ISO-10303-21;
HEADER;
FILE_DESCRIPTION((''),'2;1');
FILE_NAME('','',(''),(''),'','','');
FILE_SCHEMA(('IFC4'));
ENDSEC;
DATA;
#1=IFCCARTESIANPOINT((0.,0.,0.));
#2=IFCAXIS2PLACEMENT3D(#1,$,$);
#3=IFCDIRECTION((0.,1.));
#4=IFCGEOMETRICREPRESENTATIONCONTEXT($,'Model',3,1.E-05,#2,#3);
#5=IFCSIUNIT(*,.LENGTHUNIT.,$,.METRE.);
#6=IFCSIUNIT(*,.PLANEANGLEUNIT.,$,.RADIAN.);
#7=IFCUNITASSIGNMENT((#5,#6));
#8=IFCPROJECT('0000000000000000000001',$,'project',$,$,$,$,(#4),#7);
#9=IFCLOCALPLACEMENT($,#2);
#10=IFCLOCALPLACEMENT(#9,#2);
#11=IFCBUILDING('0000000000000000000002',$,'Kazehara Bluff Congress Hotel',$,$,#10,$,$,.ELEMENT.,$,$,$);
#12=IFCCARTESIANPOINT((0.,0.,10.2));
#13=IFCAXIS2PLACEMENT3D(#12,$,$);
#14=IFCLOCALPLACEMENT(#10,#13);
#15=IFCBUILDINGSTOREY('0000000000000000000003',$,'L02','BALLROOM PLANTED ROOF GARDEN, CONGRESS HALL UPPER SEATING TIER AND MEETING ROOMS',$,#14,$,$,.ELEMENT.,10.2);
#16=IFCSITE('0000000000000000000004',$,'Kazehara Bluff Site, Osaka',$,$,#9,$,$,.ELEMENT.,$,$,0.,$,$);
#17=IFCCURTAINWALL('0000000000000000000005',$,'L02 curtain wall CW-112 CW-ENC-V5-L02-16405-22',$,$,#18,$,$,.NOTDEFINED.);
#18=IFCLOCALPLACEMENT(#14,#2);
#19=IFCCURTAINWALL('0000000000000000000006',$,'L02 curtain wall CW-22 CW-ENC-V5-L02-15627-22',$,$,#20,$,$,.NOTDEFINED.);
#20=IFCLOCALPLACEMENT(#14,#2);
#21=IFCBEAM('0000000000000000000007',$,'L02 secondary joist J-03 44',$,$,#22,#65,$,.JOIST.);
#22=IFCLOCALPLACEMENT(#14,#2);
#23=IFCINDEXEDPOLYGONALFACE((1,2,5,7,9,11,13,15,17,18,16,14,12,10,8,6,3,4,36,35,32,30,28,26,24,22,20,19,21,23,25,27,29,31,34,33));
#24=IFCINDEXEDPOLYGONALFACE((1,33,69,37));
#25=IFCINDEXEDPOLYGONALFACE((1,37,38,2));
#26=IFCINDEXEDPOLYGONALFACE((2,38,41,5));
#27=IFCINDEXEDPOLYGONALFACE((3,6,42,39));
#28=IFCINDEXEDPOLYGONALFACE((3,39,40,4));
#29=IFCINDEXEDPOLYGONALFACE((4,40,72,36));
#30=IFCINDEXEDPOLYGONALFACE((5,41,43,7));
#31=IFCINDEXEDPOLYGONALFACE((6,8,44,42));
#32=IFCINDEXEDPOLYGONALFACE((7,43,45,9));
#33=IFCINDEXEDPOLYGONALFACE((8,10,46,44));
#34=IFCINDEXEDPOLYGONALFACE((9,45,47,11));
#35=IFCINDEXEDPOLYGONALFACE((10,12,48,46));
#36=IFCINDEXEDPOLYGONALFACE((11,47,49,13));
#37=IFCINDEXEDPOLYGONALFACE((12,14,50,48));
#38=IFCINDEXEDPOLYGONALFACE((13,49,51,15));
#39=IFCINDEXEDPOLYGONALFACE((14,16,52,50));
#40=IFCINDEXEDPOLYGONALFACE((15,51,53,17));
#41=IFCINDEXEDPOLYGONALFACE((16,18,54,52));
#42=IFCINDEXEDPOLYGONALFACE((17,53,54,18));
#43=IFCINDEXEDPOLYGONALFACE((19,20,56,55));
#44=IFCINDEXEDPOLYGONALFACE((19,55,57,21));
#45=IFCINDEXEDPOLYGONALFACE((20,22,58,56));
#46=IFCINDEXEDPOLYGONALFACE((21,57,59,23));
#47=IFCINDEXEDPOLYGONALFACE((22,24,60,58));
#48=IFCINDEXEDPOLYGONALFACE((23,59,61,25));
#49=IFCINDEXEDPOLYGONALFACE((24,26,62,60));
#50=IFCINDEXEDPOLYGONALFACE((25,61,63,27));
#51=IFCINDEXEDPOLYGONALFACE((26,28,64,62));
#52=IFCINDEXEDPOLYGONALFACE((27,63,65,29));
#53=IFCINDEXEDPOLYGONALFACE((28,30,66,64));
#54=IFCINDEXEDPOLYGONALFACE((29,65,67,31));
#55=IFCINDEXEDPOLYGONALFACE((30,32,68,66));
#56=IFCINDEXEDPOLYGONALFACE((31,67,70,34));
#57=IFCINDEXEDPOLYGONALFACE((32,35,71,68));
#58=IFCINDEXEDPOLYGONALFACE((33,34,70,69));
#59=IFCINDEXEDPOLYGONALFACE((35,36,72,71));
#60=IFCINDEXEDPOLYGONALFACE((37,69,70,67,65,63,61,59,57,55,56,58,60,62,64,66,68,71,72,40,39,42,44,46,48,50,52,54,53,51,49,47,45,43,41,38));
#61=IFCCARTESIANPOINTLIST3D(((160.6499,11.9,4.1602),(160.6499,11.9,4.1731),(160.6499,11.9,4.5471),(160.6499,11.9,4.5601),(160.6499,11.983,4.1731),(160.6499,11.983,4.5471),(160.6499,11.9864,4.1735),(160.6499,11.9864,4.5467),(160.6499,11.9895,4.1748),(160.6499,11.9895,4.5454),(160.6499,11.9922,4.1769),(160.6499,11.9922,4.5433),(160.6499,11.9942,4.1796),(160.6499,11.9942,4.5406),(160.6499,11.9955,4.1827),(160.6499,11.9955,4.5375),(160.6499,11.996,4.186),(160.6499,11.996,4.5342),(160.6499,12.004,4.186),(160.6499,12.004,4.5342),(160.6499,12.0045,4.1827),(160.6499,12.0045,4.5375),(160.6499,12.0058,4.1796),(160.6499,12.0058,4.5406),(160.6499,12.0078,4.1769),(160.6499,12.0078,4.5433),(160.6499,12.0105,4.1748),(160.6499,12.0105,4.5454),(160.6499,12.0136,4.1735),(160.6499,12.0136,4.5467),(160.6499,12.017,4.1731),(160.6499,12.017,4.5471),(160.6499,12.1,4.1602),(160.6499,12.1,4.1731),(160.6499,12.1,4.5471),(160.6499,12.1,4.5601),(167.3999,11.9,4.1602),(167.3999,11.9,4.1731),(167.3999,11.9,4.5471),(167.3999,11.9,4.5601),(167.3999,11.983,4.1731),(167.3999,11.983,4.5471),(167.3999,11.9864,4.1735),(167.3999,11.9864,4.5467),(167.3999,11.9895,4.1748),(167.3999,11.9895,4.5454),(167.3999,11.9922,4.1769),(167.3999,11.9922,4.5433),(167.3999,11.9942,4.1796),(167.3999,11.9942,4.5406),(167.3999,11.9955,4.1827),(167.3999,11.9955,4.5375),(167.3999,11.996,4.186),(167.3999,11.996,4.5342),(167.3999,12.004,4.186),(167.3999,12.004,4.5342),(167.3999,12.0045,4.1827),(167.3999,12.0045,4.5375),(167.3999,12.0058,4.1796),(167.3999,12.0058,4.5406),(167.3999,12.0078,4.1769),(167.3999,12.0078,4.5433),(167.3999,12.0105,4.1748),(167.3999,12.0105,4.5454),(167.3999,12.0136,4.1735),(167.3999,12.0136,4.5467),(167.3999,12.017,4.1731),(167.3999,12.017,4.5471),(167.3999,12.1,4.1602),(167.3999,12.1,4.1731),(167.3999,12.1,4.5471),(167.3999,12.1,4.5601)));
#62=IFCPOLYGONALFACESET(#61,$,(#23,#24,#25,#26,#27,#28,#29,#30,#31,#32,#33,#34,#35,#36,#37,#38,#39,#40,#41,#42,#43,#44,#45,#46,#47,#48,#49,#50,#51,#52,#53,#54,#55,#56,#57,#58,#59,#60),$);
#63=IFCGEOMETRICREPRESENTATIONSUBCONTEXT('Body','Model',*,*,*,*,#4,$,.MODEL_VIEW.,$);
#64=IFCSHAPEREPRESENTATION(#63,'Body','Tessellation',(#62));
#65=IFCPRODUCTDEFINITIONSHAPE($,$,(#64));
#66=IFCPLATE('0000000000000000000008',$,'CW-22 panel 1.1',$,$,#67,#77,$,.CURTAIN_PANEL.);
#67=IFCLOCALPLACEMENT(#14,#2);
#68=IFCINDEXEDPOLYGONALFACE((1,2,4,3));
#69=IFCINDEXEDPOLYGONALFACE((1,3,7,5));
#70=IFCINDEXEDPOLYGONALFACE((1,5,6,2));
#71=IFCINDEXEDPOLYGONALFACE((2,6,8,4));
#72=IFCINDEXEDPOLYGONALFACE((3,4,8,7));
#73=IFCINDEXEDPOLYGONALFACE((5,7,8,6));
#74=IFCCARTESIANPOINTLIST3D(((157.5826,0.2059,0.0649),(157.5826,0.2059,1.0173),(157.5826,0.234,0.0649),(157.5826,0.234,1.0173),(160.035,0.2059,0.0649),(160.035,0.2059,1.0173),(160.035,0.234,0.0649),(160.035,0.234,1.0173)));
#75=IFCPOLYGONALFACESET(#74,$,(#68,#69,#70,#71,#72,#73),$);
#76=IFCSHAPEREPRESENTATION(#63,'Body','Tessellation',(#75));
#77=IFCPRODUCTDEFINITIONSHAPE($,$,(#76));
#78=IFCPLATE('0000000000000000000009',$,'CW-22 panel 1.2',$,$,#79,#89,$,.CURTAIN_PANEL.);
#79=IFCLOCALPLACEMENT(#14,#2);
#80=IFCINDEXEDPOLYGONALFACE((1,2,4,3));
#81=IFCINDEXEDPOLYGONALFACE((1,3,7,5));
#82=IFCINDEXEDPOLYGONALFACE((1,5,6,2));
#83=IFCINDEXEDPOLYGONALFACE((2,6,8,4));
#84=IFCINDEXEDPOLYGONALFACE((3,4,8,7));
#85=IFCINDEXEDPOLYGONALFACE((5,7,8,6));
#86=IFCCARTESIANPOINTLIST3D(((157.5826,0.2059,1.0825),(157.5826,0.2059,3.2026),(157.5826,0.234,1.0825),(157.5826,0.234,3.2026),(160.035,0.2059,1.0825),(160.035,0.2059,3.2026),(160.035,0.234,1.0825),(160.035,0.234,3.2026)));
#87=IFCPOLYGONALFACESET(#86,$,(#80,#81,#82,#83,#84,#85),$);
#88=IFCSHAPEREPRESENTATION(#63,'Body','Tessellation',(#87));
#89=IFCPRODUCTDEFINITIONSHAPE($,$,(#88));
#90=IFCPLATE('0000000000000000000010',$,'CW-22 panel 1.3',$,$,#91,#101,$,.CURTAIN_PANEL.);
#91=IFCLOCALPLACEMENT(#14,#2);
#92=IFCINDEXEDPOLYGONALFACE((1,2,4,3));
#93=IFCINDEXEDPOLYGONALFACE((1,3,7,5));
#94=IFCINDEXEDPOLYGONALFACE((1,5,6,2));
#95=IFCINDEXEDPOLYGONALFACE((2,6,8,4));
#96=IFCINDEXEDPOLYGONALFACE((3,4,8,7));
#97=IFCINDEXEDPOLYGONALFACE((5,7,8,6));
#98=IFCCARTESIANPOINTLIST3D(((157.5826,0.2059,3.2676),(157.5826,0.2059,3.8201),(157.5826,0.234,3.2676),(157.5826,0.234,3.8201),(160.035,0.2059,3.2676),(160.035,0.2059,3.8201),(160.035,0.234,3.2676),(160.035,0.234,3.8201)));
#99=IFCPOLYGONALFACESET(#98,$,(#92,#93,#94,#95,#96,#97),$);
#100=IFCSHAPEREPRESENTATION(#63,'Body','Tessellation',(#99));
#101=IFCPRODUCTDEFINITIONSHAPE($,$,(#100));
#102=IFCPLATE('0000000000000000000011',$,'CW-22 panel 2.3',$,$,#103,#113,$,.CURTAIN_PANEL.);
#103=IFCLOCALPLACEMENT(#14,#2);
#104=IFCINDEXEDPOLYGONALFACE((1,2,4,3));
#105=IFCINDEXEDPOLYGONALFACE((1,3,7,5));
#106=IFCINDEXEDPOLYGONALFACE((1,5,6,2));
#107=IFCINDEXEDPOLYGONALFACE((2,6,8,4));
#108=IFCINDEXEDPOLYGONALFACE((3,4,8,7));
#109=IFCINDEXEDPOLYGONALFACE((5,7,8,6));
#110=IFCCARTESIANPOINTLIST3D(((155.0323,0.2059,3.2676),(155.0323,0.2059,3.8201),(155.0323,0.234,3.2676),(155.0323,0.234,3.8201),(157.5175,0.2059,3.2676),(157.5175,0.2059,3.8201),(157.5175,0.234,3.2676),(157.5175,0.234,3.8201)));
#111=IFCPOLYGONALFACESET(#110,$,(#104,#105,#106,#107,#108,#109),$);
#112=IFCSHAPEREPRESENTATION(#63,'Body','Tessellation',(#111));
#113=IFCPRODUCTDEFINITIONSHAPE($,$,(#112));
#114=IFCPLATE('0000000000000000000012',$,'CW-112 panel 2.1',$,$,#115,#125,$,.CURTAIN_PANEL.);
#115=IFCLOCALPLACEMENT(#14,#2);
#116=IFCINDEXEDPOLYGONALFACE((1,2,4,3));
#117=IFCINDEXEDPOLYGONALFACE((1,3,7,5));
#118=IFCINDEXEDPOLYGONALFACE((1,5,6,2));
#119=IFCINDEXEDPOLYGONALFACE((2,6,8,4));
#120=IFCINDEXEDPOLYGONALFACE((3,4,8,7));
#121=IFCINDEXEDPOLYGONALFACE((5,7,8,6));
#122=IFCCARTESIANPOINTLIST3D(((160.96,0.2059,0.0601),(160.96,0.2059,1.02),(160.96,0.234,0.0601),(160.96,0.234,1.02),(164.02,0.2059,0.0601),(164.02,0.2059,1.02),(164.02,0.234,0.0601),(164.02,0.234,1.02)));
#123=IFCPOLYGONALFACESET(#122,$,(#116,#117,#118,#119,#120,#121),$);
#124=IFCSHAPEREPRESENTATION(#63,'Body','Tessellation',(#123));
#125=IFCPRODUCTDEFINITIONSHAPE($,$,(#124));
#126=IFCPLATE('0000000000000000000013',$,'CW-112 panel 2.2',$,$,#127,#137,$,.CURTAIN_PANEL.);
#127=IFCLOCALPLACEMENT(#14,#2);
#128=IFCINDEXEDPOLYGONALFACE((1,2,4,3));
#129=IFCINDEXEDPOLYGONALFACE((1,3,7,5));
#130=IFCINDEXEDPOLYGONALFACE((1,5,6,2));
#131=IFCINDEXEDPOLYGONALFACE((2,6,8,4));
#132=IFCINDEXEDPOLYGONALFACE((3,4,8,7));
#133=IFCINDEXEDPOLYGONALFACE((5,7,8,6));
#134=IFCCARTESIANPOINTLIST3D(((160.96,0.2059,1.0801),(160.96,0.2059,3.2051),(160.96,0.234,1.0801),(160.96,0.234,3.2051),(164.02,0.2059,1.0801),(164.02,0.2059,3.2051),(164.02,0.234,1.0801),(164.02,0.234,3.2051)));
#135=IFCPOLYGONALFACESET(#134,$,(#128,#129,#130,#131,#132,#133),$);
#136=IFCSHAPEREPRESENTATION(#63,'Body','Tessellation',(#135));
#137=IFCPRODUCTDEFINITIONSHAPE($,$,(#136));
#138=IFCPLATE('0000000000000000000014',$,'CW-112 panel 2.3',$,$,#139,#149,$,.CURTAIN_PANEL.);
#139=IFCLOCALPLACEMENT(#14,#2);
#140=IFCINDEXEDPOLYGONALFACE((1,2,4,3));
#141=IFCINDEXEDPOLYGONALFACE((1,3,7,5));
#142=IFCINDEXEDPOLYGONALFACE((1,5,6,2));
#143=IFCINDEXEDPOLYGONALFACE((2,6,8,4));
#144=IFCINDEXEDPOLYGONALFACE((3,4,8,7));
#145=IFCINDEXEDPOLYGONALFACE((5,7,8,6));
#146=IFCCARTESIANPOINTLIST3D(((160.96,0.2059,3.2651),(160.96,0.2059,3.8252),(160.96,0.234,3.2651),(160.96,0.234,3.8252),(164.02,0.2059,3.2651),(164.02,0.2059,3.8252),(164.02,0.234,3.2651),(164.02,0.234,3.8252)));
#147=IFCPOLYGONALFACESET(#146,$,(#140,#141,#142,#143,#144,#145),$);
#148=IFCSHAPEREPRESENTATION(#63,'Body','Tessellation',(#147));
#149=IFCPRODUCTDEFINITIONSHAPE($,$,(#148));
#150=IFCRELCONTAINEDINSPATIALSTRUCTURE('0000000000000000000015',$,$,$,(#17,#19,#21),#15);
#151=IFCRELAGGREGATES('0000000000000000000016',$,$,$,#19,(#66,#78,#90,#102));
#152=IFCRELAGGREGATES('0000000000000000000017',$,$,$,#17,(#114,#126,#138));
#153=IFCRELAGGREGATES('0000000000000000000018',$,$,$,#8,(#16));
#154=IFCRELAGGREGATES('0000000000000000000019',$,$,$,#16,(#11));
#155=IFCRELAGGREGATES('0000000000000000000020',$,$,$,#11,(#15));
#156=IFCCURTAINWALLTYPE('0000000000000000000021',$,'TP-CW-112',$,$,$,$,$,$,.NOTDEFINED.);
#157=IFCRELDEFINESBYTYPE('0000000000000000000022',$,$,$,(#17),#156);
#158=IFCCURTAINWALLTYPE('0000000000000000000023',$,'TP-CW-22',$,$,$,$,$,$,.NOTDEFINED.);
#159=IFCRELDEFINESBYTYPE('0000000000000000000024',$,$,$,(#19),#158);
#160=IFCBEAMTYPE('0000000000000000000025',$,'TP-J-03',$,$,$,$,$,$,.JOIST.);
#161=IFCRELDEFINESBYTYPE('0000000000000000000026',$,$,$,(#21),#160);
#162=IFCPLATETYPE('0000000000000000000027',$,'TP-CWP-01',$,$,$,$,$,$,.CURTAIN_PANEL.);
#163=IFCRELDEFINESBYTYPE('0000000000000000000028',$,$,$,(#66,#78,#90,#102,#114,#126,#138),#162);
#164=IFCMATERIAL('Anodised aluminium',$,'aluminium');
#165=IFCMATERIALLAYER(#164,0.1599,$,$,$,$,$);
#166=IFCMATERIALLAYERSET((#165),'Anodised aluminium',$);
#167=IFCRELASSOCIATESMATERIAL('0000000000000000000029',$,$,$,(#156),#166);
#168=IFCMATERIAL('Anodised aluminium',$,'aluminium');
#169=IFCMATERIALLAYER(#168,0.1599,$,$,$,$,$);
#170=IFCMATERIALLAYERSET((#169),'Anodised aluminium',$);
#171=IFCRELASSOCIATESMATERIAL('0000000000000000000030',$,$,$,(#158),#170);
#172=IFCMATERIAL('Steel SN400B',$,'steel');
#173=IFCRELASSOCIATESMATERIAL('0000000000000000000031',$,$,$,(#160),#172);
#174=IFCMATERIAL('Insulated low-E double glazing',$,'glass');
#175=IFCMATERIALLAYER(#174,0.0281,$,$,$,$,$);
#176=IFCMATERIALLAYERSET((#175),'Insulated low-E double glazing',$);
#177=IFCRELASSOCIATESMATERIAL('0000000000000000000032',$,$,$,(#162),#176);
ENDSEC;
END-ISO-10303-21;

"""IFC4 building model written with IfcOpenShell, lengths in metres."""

from ifc_helpers import new_model, si_unit, direction, frame, origin, origin_2d, place, context, subcontext, project, spatial, rectangle, i_section, extrude, material, layer, layer_set, material_profile, profile_set, type_object, element, aggregate, save


model = new_model("IFC4")

# Units and contexts
model_context = context("Model", 3, precision=1e-05, world=origin(), true_north=direction((0.0, 1.0)))
body_context = subcontext(model_context, "Body", "Model", "MODEL_VIEW")
ifc_project = project(units=[si_unit("LENGTHUNIT", "METRE"), si_unit("PLANEANGLEUNIT", "RADIAN")], contexts=[model_context])

# Site, building, storey
site_placement = place(None, origin())
site = spatial("IfcSite", under=ifc_project, at=site_placement, Name="Kazehara Bluff Site, Osaka", CompositionType="ELEMENT", RefElevation=0.0)
building_placement = place(site_placement, origin())
building = spatial("IfcBuilding", under=site, at=building_placement, Name="Kazehara Bluff Congress Hotel", CompositionType="ELEMENT")
storey_placement = place(building_placement, frame((0.0, 0.0, 10.2)))
storey = spatial("IfcBuildingStorey", under=building, at=storey_placement, Name="L02", Description="BALLROOM PLANTED ROOF GARDEN, CONGRESS HALL UPPER SEATING TIER AND MEETING ROOMS", CompositionType="ELEMENT", Elevation=10.2)

# Curtain wall
ifc_material_1 = material(Name="Anodised aluminium", Category="aluminium")
ifc_layer_1 = layer(ifc_material_1, 0.1599)
ifc_layer_set_1 = layer_set([ifc_layer_1], Name="Anodised aluminium")
curtain_wall_type_1 = type_object("IfcCurtainWallType", Name="TP-CW-112", PredefinedType="NOTDEFINED", material=ifc_layer_set_1)
curtain_wall_1_placement = place(storey_placement, origin())
curtain_wall_1 = element("IfcCurtainWall", 1, at=curtain_wall_1_placement, inside=storey, type_object=curtain_wall_type_1, Name="L02 curtain wall CW-112 CW-ENC-V5-L02-16405-22", PredefinedType="NOTDEFINED")

# Curtain wall
ifc_material_2 = material(Name="Anodised aluminium", Category="aluminium")
ifc_layer_2 = layer(ifc_material_2, 0.1599)
ifc_layer_set_2 = layer_set([ifc_layer_2], Name="Anodised aluminium")
curtain_wall_type_2 = type_object("IfcCurtainWallType", Name="TP-CW-22", PredefinedType="NOTDEFINED", material=ifc_layer_set_2)
curtain_wall_2_placement = place(storey_placement, origin())
curtain_wall_2 = element("IfcCurtainWall", 2, at=curtain_wall_2_placement, inside=storey, type_object=curtain_wall_type_2, Name="L02 curtain wall CW-22 CW-ENC-V5-L02-15627-22", PredefinedType="NOTDEFINED")

# Beam
ifc_material_3 = material(Name="Steel SN400B", Category="steel")
ifc_material_profile_1 = material_profile(ifc_material_3, i_section(OverallWidth=0.2, OverallDepth=0.3999, WebThickness=0.0081, FlangeThickness=0.0129, FilletRadius=0.0129, at=origin_2d()))
ifc_profile_set_1 = profile_set([ifc_material_profile_1], Name="Steel SN400B")
beam_type_1 = type_object("IfcBeamType", Name="TP-J-03", PredefinedType="JOIST", material=ifc_profile_set_1)
for number, where, z_axis, x_axis, name in (
    (3, (160.6499, 12.0, 4.3601), (1.0, 0.0, 0.0), (0.0, 1.0, 0.0), "L02 secondary joist J-03 44"),
):
    element("IfcBeam", number, at=place(storey_placement, frame(where, z_axis=z_axis, x_axis=x_axis)), inside=storey, type_object=beam_type_1, Name=name, PredefinedType="JOIST", context=body_context, shape_type="SweptSolid", body=[
        extrude(i_section(OverallWidth=0.2, OverallDepth=0.3999, WebThickness=0.0081, FlangeThickness=0.0129, FilletRadius=0.0129, at=origin_2d()), origin(), (0.0, 0.0, 1.0), 6.75),
    ])

# Plates
ifc_material_4 = material(Name="Insulated low-E double glazing", Category="glass")
ifc_layer_3 = layer(ifc_material_4, 0.0281)
ifc_layer_set_3 = layer_set([ifc_layer_3], Name="Insulated low-E double glazing")
plate_type = type_object("IfcPlateType", Name="TP-CWP-01", PredefinedType="CURTAIN_PANEL", material=ifc_layer_set_3)
plate_1_placement = place(storey_placement, frame((158.8088, 0.22, 0.0649), z_axis=(0.0, 0.0, 1.0), x_axis=(-1.0, 0.0, 0.0)))
plate_1 = element("IfcPlate", 4, at=plate_1_placement, type_object=plate_type, Name="CW-22 panel 1.1", PredefinedType="CURTAIN_PANEL", context=body_context, shape_type="SweptSolid", body=[
    extrude(rectangle(XDim=2.4524, YDim=0.0281, at=origin_2d()), origin(), (0.0, 0.0, 1.0), 0.9524),
])
plate_2_placement = place(storey_placement, frame((158.8088, 0.22, 1.0825), z_axis=(0.0, 0.0, 1.0), x_axis=(-1.0, 0.0, 0.0)))
plate_2 = element("IfcPlate", 5, at=plate_2_placement, type_object=plate_type, Name="CW-22 panel 1.2", PredefinedType="CURTAIN_PANEL", context=body_context, shape_type="SweptSolid", body=[
    extrude(rectangle(XDim=2.4524, YDim=0.0281, at=origin_2d()), origin(), (0.0, 0.0, 1.0), 2.1201),
])
plate_3_placement = place(storey_placement, frame((158.8088, 0.22, 3.2676), z_axis=(0.0, 0.0, 1.0), x_axis=(-1.0, 0.0, 0.0)))
plate_3 = element("IfcPlate", 6, at=plate_3_placement, type_object=plate_type, Name="CW-22 panel 1.3", PredefinedType="CURTAIN_PANEL", context=body_context, shape_type="SweptSolid", body=[
    extrude(rectangle(XDim=2.4524, YDim=0.0281, at=origin_2d()), origin(), (0.0, 0.0, 1.0), 0.5525),
])
plate_4_placement = place(storey_placement, frame((156.2749, 0.22, 3.2676), z_axis=(0.0, 0.0, 1.0), x_axis=(-1.0, 0.0, 0.0)))
plate_4 = element("IfcPlate", 7, at=plate_4_placement, type_object=plate_type, Name="CW-22 panel 2.3", PredefinedType="CURTAIN_PANEL", context=body_context, shape_type="SweptSolid", body=[
    extrude(rectangle(XDim=2.4851, YDim=0.0281, at=origin_2d()), origin(), (0.0, 0.0, 1.0), 0.5525),
])
aggregate(curtain_wall_2, [plate_1, plate_2, plate_3, plate_4])
plate_5_placement = place(storey_placement, frame((162.49, 0.22, 0.0601), z_axis=(0.0, 0.0, 1.0), x_axis=(-1.0, 0.0, 0.0)))
plate_5 = element("IfcPlate", 8, at=plate_5_placement, type_object=plate_type, Name="CW-112 panel 2.1", PredefinedType="CURTAIN_PANEL", context=body_context, shape_type="SweptSolid", body=[
    extrude(rectangle(XDim=3.0601, YDim=0.0281, at=origin_2d()), origin(), (0.0, 0.0, 1.0), 0.96),
])
plate_6_placement = place(storey_placement, frame((162.49, 0.22, 1.0801), z_axis=(0.0, 0.0, 1.0), x_axis=(-1.0, 0.0, 0.0)))
plate_6 = element("IfcPlate", 9, at=plate_6_placement, type_object=plate_type, Name="CW-112 panel 2.2", PredefinedType="CURTAIN_PANEL", context=body_context, shape_type="SweptSolid", body=[
    extrude(rectangle(XDim=3.0601, YDim=0.0281, at=origin_2d()), origin(), (0.0, 0.0, 1.0), 2.125),
])
plate_7_placement = place(storey_placement, frame((162.49, 0.22, 3.2651), z_axis=(0.0, 0.0, 1.0), x_axis=(-1.0, 0.0, 0.0)))
plate_7 = element("IfcPlate", 10, at=plate_7_placement, type_object=plate_type, Name="CW-112 panel 2.3", PredefinedType="CURTAIN_PANEL", context=body_context, shape_type="SweptSolid", body=[
    extrude(rectangle(XDim=3.0601, YDim=0.0281, at=origin_2d()), origin(), (0.0, 0.0, 1.0), 0.5601),
])
aggregate(curtain_wall_1, [plate_5, plate_6, plate_7])

save(model, "model.ifc")
